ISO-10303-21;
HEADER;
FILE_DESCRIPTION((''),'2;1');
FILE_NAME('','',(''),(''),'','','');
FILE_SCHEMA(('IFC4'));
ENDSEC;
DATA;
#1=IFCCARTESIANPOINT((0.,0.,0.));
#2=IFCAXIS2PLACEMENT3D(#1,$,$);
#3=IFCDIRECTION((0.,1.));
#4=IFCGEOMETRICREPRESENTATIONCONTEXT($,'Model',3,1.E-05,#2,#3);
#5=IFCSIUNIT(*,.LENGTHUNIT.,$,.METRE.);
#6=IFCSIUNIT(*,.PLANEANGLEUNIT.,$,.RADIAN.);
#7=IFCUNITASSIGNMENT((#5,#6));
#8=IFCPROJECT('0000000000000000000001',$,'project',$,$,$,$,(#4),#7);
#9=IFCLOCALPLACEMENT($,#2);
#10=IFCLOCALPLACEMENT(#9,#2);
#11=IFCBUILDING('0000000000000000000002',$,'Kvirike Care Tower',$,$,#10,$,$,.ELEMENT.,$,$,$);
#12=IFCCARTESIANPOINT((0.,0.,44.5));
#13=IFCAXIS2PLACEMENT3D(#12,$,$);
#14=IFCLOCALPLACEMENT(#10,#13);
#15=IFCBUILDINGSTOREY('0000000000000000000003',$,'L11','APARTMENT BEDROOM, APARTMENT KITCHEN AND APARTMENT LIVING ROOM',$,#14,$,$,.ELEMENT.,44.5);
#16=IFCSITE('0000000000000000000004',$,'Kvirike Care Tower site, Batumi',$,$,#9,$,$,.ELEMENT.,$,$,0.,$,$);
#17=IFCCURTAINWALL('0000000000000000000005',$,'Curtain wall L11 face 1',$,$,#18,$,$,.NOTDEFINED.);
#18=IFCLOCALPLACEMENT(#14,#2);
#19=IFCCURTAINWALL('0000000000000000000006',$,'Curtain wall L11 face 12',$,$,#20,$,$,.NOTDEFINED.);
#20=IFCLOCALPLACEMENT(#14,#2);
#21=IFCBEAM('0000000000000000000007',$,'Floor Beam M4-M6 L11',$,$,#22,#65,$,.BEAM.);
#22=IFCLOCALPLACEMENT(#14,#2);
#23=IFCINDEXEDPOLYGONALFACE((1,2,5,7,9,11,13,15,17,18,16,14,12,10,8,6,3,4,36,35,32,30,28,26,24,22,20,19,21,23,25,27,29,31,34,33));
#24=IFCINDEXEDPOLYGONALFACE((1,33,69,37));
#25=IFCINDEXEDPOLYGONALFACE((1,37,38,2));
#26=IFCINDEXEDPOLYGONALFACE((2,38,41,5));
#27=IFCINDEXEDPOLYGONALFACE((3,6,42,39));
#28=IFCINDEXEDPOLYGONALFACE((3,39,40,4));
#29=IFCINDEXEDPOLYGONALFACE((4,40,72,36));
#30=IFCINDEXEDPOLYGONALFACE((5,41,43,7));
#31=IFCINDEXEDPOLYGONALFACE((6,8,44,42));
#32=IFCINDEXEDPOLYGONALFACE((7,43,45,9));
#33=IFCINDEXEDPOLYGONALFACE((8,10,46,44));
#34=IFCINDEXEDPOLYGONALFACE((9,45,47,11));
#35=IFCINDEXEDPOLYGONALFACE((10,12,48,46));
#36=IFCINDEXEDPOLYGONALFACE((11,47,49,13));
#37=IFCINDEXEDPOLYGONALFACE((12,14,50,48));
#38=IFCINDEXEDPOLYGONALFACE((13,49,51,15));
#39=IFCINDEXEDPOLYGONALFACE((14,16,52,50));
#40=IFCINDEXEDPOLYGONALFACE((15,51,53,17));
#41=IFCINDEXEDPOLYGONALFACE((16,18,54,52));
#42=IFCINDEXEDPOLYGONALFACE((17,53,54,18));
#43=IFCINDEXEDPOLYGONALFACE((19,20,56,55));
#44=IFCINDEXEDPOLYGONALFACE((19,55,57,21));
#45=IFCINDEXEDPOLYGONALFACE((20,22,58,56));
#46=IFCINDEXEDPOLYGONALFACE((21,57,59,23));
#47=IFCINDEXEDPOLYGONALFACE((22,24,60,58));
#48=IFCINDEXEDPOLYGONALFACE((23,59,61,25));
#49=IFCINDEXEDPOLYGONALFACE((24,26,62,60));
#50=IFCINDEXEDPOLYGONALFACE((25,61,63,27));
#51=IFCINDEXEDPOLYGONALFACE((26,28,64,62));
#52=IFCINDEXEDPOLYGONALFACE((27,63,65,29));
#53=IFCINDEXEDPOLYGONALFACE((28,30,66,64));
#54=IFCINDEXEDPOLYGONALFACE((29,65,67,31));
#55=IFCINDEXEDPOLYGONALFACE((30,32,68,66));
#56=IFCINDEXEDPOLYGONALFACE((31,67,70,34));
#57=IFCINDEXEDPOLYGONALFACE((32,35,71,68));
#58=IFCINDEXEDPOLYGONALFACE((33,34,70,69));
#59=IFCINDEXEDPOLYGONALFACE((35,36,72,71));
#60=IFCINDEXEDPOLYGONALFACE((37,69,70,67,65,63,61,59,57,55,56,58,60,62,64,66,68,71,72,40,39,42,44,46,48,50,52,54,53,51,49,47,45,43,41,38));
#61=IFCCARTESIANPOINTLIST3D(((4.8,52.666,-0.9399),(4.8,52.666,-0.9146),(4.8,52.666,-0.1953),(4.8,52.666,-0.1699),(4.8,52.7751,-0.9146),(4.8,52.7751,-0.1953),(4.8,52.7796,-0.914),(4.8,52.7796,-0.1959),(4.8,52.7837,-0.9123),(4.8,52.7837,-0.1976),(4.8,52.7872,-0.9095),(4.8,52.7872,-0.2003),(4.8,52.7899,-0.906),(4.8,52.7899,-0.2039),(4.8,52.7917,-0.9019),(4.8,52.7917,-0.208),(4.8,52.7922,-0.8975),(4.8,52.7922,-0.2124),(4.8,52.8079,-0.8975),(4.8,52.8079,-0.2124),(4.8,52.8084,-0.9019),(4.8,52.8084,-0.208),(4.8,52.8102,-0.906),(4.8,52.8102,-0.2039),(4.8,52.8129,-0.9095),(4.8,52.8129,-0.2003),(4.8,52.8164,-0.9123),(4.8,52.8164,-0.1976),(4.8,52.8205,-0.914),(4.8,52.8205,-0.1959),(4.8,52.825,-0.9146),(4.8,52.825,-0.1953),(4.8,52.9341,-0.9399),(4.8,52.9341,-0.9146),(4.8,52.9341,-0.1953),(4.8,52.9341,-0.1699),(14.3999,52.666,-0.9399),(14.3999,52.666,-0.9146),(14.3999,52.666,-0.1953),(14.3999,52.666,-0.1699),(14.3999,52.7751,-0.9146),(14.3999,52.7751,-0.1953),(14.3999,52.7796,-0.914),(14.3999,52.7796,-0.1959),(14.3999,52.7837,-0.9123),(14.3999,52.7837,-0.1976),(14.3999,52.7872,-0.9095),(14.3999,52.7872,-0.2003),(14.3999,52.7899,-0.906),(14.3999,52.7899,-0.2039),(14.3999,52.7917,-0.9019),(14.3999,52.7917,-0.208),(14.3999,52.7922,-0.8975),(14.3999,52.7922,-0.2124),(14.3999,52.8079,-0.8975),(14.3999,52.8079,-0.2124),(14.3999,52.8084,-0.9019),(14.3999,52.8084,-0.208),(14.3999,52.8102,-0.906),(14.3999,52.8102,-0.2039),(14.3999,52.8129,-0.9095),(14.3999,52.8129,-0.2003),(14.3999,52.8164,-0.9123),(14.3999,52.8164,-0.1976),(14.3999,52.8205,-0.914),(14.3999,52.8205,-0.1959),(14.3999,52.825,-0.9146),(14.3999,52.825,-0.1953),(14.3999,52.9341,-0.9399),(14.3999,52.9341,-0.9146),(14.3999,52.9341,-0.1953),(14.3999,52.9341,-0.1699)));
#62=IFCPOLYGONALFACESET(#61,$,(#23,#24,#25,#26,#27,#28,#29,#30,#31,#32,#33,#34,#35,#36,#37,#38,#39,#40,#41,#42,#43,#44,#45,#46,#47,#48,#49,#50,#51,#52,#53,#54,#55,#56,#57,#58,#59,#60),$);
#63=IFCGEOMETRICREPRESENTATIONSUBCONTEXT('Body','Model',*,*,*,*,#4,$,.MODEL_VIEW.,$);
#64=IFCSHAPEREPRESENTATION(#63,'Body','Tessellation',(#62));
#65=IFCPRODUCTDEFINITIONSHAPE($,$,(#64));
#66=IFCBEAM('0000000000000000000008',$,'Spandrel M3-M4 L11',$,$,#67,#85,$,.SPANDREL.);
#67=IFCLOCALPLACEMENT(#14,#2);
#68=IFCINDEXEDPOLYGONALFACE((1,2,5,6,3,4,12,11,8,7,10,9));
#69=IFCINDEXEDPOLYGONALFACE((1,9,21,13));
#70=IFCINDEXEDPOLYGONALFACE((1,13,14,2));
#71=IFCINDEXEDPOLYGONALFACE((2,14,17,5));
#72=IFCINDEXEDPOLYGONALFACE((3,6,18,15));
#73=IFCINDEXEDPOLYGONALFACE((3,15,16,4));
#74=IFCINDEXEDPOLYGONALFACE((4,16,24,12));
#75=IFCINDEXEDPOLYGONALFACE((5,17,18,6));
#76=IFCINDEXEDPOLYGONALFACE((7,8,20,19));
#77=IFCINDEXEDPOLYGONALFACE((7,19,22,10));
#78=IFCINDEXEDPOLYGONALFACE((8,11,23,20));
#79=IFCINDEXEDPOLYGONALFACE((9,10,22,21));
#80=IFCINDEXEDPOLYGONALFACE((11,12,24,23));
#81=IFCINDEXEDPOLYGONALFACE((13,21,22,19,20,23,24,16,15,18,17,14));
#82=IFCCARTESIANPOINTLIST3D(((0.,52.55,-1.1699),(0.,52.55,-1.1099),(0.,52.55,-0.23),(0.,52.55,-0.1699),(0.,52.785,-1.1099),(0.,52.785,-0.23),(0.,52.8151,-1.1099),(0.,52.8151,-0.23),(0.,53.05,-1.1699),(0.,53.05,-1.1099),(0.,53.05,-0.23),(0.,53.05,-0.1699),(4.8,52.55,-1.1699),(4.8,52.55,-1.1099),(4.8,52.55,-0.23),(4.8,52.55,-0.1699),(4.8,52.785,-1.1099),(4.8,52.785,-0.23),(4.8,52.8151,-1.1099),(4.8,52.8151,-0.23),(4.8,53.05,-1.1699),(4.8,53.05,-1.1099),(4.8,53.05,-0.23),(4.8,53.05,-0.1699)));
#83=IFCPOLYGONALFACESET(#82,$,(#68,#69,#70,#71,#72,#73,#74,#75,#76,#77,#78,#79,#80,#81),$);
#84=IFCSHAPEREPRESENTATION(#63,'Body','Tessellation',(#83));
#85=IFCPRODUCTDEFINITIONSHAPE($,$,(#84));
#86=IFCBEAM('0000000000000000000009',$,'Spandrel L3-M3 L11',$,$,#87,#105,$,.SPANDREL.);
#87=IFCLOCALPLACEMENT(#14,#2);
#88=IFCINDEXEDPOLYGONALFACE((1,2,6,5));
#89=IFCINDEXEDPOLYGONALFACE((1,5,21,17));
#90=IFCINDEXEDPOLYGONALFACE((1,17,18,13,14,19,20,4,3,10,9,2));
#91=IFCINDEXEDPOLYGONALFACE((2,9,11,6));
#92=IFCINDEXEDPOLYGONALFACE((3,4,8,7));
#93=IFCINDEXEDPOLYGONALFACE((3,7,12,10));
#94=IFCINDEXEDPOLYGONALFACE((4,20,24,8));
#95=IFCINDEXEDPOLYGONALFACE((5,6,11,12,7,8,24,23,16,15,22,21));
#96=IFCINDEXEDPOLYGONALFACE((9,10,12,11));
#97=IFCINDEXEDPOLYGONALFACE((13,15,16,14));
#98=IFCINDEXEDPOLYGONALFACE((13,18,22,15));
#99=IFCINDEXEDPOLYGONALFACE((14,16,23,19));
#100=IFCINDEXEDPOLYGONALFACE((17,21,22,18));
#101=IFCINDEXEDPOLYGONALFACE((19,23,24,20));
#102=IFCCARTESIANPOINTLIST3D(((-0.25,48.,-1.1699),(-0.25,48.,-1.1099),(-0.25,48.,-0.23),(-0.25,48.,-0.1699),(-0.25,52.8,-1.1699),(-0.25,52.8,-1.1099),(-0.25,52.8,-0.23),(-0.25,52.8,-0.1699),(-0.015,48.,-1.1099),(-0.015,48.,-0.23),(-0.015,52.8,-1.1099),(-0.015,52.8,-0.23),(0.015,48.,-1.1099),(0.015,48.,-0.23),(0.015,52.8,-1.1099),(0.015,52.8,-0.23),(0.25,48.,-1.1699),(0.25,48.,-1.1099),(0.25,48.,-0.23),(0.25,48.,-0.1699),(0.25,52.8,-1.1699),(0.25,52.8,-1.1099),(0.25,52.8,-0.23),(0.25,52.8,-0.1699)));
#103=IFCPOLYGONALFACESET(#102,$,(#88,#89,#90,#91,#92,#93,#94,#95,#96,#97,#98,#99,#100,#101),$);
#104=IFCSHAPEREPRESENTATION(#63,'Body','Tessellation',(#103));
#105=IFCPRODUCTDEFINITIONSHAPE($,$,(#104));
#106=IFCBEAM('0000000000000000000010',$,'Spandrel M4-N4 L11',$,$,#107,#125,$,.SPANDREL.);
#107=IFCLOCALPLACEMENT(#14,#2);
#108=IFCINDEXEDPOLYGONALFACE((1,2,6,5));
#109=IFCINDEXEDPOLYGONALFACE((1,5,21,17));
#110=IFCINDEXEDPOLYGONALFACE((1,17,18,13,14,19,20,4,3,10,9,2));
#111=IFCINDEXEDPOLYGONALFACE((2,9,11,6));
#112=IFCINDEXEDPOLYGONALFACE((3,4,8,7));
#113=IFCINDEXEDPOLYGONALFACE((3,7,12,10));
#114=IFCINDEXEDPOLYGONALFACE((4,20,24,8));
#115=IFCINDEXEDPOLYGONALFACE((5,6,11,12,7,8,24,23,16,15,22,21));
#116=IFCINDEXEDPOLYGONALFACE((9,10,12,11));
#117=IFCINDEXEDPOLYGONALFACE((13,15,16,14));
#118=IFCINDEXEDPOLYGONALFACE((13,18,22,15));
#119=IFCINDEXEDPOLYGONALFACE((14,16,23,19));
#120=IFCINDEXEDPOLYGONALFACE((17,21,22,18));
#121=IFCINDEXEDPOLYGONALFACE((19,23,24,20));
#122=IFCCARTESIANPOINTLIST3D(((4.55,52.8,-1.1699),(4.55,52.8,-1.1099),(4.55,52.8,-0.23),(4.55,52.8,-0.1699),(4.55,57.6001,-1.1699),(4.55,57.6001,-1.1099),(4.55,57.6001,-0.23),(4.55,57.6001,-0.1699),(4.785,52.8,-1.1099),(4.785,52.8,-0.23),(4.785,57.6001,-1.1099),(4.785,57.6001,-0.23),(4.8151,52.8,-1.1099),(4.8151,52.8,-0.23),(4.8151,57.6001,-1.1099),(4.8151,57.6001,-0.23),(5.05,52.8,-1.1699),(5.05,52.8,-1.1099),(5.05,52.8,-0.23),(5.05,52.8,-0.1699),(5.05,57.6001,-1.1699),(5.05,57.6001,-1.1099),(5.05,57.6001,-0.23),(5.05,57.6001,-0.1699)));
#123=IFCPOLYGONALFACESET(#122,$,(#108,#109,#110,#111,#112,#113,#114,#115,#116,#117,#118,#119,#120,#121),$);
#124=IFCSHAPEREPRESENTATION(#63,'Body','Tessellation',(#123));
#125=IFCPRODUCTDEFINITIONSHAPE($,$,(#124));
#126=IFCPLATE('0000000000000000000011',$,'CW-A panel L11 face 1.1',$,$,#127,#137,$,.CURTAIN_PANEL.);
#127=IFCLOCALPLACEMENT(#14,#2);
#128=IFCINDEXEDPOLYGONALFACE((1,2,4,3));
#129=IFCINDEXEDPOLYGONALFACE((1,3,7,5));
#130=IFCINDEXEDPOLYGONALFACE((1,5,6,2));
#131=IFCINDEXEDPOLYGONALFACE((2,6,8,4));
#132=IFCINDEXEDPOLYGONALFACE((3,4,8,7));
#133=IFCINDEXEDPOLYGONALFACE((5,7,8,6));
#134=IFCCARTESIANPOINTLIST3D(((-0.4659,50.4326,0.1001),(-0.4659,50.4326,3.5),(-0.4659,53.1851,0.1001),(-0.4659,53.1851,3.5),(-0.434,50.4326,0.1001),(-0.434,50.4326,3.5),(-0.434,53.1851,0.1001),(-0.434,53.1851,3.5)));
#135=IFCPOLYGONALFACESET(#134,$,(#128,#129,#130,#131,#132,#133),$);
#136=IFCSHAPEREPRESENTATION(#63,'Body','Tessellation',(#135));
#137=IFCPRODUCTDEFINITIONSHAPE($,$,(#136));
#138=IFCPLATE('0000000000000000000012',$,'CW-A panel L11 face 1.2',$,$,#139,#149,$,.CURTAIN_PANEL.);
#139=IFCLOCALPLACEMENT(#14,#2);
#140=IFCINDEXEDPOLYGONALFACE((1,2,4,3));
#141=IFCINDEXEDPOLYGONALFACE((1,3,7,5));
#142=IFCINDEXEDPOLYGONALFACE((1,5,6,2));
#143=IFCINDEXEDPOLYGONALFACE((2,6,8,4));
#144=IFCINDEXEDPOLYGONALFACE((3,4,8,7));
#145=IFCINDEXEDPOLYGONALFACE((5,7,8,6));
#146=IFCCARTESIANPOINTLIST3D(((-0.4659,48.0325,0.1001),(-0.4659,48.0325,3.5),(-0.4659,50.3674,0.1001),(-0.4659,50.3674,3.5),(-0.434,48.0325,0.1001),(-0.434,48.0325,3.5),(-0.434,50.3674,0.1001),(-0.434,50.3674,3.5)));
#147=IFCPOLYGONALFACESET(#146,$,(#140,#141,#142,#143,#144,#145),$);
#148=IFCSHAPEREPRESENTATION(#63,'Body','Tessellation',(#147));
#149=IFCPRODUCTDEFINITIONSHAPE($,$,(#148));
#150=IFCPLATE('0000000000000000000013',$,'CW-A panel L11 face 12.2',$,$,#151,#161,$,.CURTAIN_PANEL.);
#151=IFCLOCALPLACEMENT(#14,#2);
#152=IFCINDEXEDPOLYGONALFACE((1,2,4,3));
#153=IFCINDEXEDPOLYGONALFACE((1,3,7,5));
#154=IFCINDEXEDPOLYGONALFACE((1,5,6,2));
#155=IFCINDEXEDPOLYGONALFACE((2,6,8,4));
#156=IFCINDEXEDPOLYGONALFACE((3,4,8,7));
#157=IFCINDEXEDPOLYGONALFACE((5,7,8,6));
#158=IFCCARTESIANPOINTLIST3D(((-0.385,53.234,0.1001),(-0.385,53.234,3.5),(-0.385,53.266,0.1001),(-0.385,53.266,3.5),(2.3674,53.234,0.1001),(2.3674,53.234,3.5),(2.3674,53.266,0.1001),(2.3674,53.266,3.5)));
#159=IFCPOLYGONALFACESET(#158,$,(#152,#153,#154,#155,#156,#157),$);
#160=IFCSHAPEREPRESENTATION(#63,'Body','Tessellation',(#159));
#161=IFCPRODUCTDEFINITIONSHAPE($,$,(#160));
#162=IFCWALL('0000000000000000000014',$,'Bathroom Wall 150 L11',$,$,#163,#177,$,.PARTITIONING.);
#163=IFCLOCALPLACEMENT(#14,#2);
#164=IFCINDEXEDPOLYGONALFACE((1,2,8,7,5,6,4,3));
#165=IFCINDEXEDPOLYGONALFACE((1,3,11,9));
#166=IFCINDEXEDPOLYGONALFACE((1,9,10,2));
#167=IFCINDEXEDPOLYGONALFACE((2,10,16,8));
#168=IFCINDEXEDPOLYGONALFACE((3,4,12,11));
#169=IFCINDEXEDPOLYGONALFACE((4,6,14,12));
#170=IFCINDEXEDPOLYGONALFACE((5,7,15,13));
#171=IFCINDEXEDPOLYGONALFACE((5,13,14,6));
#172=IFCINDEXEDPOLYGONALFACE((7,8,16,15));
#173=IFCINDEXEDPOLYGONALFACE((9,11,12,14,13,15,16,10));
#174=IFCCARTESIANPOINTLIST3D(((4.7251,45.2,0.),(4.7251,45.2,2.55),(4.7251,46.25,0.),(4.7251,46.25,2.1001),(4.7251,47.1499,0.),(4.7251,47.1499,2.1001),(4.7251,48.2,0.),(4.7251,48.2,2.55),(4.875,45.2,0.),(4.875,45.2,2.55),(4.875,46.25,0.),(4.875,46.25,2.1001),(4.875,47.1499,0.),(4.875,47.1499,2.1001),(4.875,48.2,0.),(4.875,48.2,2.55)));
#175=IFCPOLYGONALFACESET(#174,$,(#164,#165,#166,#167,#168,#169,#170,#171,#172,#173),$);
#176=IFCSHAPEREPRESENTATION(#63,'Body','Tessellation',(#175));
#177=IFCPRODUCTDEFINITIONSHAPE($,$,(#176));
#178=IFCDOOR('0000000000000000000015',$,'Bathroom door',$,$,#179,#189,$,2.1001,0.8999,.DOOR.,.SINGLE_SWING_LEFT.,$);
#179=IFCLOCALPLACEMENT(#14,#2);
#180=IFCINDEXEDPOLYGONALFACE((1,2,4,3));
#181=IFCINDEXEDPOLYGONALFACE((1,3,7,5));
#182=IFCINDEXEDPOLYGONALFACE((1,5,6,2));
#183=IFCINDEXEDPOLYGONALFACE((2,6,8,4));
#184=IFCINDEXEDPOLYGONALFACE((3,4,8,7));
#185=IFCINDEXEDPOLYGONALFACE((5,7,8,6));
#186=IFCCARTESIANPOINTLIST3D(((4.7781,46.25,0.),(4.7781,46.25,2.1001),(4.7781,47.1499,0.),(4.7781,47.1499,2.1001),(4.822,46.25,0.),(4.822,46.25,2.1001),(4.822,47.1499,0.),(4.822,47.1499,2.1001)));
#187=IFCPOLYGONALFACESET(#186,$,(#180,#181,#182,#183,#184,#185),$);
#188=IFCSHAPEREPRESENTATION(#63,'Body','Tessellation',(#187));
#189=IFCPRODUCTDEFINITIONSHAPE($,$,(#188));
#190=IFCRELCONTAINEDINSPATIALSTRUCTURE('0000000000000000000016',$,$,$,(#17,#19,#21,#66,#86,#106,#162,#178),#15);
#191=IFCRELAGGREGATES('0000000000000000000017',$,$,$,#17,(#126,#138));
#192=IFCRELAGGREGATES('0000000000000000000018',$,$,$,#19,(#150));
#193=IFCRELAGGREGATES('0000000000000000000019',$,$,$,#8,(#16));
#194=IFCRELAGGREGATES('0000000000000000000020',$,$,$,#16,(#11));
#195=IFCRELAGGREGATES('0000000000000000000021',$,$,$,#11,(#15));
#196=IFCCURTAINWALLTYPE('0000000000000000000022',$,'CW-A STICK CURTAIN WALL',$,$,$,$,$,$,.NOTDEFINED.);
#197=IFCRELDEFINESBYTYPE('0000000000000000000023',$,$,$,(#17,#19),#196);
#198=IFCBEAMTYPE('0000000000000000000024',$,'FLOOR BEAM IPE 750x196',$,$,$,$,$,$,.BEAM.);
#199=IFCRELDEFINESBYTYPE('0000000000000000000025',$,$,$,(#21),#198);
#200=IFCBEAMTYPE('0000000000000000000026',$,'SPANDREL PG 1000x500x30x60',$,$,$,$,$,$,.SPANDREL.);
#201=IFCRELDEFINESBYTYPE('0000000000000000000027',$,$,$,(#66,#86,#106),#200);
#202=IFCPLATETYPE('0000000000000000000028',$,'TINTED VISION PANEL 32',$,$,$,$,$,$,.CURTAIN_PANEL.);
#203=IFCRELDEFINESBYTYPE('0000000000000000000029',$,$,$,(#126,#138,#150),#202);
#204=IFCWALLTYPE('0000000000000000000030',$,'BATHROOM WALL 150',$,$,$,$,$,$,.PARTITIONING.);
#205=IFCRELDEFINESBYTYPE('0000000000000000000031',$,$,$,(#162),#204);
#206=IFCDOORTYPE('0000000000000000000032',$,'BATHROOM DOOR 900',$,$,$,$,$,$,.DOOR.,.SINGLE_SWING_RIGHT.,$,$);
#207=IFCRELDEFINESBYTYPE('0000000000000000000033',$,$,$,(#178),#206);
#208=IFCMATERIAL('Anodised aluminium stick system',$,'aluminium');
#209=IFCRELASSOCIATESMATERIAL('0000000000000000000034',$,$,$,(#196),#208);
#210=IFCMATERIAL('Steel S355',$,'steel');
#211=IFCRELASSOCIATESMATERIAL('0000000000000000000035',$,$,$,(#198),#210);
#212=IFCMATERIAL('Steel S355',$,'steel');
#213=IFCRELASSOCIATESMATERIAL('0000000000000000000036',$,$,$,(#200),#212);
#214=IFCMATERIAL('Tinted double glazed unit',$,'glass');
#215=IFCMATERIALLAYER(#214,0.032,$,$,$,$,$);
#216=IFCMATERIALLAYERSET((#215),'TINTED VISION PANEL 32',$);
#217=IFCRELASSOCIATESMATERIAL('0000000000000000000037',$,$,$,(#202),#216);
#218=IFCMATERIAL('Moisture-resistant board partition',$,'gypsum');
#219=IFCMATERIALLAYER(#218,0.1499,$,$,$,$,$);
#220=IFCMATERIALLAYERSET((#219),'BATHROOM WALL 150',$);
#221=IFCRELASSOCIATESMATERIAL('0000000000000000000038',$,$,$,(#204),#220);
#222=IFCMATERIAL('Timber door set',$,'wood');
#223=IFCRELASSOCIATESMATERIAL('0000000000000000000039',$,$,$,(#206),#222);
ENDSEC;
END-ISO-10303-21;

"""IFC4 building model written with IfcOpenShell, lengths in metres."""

from ifc_helpers import new_model, si_unit, direction, frame, frame_2d, origin, origin_2d, place, context, subcontext, project, spatial, rectangle, i_section, extrude, material, layer, layer_set, material_profile, profile_set, type_object, element, fill, aggregate, save


model = new_model("IFC4")

# Units and contexts
model_context = context("Model", 3, precision=1e-05, world=origin(), true_north=direction((0.0, 1.0)))
body_context = subcontext(model_context, "Body", "Model", "MODEL_VIEW")
ifc_project = project(units=[si_unit("LENGTHUNIT", "METRE"), si_unit("PLANEANGLEUNIT", "RADIAN")], contexts=[model_context])

# Site, building, storey
site_placement = place(None, origin())
site = spatial("IfcSite", under=ifc_project, at=site_placement, Name="Kvirike Care Tower site, Batumi", CompositionType="ELEMENT", RefElevation=0.0)
building_placement = place(site_placement, origin())
building = spatial("IfcBuilding", under=site, at=building_placement, Name="Kvirike Care Tower", CompositionType="ELEMENT")
storey_placement = place(building_placement, frame((0.0, 0.0, 44.5)))
storey = spatial("IfcBuildingStorey", under=building, at=storey_placement, Name="L11", Description="APARTMENT BEDROOM, APARTMENT KITCHEN AND APARTMENT LIVING ROOM", CompositionType="ELEMENT", Elevation=44.5)

# Curtain wall
ifc_material_1 = material(Name="Anodised aluminium stick system", Category="aluminium")
curtain_wall_type = type_object("IfcCurtainWallType", Name="CW-A STICK CURTAIN WALL", PredefinedType="NOTDEFINED", material=ifc_material_1)
curtain_wall_1_placement = place(storey_placement, origin())
curtain_wall_1 = element("IfcCurtainWall", 1, at=curtain_wall_1_placement, inside=storey, type_object=curtain_wall_type, Name="Curtain wall L11 face 1", PredefinedType="NOTDEFINED")

# Curtain wall
curtain_wall_2_placement = place(storey_placement, origin())
curtain_wall_2 = element("IfcCurtainWall", 2, at=curtain_wall_2_placement, inside=storey, type_object=curtain_wall_type, Name="Curtain wall L11 face 12", PredefinedType="NOTDEFINED")

# Beams
ifc_material_2 = material(Name="Steel S355", Category="steel")
ifc_material_profile_1 = material_profile(ifc_material_2, i_section(OverallWidth=0.2681, OverallDepth=0.77, WebThickness=0.0156, FlangeThickness=0.0254, FilletRadius=0.0171, at=origin_2d()), Name="IPE 750x196")
ifc_profile_set_1 = profile_set([ifc_material_profile_1], Name="Steel S355")
beam_type_1 = type_object("IfcBeamType", Name="FLOOR BEAM IPE 750x196", PredefinedType="BEAM", material=ifc_profile_set_1)
beam_1_placement = place(storey_placement, frame((4.8, 52.8, -0.5549), z_axis=(1.0, 0.0, 0.0), x_axis=(0.0, 1.0, 0.0)))
element("IfcBeam", 3, at=beam_1_placement, inside=storey, type_object=beam_type_1, Name="Floor Beam M4-M6 L11", PredefinedType="BEAM", context=body_context, shape_type="SweptSolid", body=[
    extrude(i_section(OverallWidth=0.2681, OverallDepth=0.77, WebThickness=0.0156, FlangeThickness=0.0254, FilletRadius=0.0171, at=origin_2d()), origin(), (0.0, 0.0, 1.0), 9.5999),
])
ifc_material_3 = material(Name="Steel S355", Category="steel")
ifc_material_profile_2 = material_profile(ifc_material_3, i_section(OverallWidth=0.5, OverallDepth=1.0, WebThickness=0.03, FlangeThickness=0.0601, at=origin_2d()), Name="PG 1000x500x30x60")
ifc_profile_set_2 = profile_set([ifc_material_profile_2], Name="Steel S355")
beam_type_2 = type_object("IfcBeamType", Name="SPANDREL PG 1000x500x30x60", PredefinedType="SPANDREL", material=ifc_profile_set_2)
for number, where, z_axis, x_axis, name in (
    (4, (0.0, 52.8, -0.6699), (1.0, 0.0, 0.0), (0.0, 1.0, 0.0), "Spandrel M3-M4 L11"),
    (5, (0.0, 48.0, -0.6699), (0.0, 1.0, 0.0), (-1.0, 0.0, 0.0), "Spandrel L3-M3 L11"),
    (6, (4.8, 52.8, -0.6699), (0.0, 1.0, 0.0), (-1.0, 0.0, 0.0), "Spandrel M4-N4 L11"),
):
    element("IfcBeam", number, at=place(storey_placement, frame(where, z_axis=z_axis, x_axis=x_axis)), inside=storey, type_object=beam_type_2, Name=name, PredefinedType="SPANDREL", context=body_context, shape_type="SweptSolid", body=[
        extrude(i_section(OverallWidth=0.5, OverallDepth=1.0, WebThickness=0.03, FlangeThickness=0.0601, at=origin_2d()), origin(), (0.0, 0.0, 1.0), 4.8),
    ])

# Plates
ifc_material_4 = material(Name="Tinted double glazed unit", Category="glass")
ifc_layer_1 = layer(ifc_material_4, 0.032)
ifc_layer_set_1 = layer_set([ifc_layer_1], Name="TINTED VISION PANEL 32")
plate_type = type_object("IfcPlateType", Name="TINTED VISION PANEL 32", PredefinedType="CURTAIN_PANEL", material=ifc_layer_set_1)
plate_1_placement = place(storey_placement, frame((-0.45, 51.8088, 0.1001), z_axis=(0.0, 0.0, 1.0), x_axis=(0.0, -1.0, 0.0)))
plate_1 = element("IfcPlate", 7, at=plate_1_placement, type_object=plate_type, Name="CW-A panel L11 face 1.1", PredefinedType="CURTAIN_PANEL", context=body_context, shape_type="SweptSolid", body=[
    extrude(rectangle(XDim=2.7524, YDim=0.032, at=origin_2d()), origin(), (0.0, 0.0, 1.0), 3.3999),
])
plate_2_placement = place(storey_placement, frame((-0.45, 49.2, 0.1001), z_axis=(0.0, 0.0, 1.0), x_axis=(0.0, -1.0, 0.0)))
plate_2 = element("IfcPlate", 8, at=plate_2_placement, type_object=plate_type, Name="CW-A panel L11 face 1.2", PredefinedType="CURTAIN_PANEL", context=body_context, shape_type="SweptSolid", body=[
    extrude(rectangle(XDim=2.335, YDim=0.032, at=origin_2d()), origin(), (0.0, 0.0, 1.0), 3.3999),
])
aggregate(curtain_wall_1, [plate_1, plate_2])
plate_3_placement = place(storey_placement, frame((0.9912, 53.25, 0.1001), z_axis=(0.0, 0.0, 1.0), x_axis=(-1.0, 0.0, 0.0)))
plate_3 = element("IfcPlate", 9, at=plate_3_placement, type_object=plate_type, Name="CW-A panel L11 face 12.2", PredefinedType="CURTAIN_PANEL", context=body_context, shape_type="SweptSolid", body=[
    extrude(rectangle(XDim=2.7524, YDim=0.032, at=origin_2d()), origin(), (0.0, 0.0, 1.0), 3.3999),
])
aggregate(curtain_wall_2, [plate_3])

# Wall, opening, door
ifc_material_5 = material(Name="Moisture-resistant board partition", Category="gypsum")
ifc_layer_2 = layer(ifc_material_5, 0.1499)
ifc_layer_set_2 = layer_set([ifc_layer_2], Name="BATHROOM WALL 150")
wall_type_1 = type_object("IfcWallType", Name="BATHROOM WALL 150", PredefinedType="PARTITIONING", material=ifc_layer_set_2)
wall_1_placement = place(storey_placement, frame((4.8, 48.2, 0.0), z_axis=(0.0, 0.0, 1.0), x_axis=(0.0, -1.0, 0.0)))
wall_1 = element("IfcWall", 10, at=wall_1_placement, inside=storey, type_object=wall_type_1, Name="Bathroom Wall 150 L11", PredefinedType="PARTITIONING", context=body_context, shape_type="SweptSolid", body=[
    extrude(rectangle(XDim=3.0, YDim=0.1499, at=frame_2d((1.5, 0.0))), origin(), (0.0, 0.0, 1.0), 2.55),
])
opening_1_placement = place(wall_1_placement, frame((1.05, 0.0, 0.0)))
opening_1 = element("IfcOpeningElement", 11, at=opening_1_placement, cuts=wall_1, PredefinedType="OPENING", context=body_context, shape_type="SweptSolid", body=[
    extrude(rectangle(XDim=0.8999, YDim=2.1001, at=frame_2d((0.45, 1.05))), frame((0.0, 0.0854, 0.0), z_axis=(0.0, -1.0, 0.0), x_axis=(1.0, 0.0, 0.0)), (0.0, 0.0, 1.0), 0.1709),
])
ifc_material_6 = material(Name="Timber door set", Category="wood")
door_type_1 = type_object("IfcDoorType", Name="BATHROOM DOOR 900", OperationType="SINGLE_SWING_RIGHT", PredefinedType="DOOR", material=ifc_material_6)
door_1_placement = place(opening_1_placement, frame((0.8999, 0.0, 0.0), z_axis=(0.0, 0.0, 1.0), x_axis=(-1.0, 0.0, 0.0)))
door_1 = element("IfcDoor", 12, at=door_1_placement, inside=storey, type_object=door_type_1, Name="Bathroom door", OperationType="SINGLE_SWING_LEFT", OverallHeight=2.1001, OverallWidth=0.8999, PredefinedType="DOOR", context=body_context, shape_type="SweptSolid", body=[
    extrude(rectangle(XDim=0.8999, YDim=2.1001, at=frame_2d((0.45, 1.05))), frame((0.0, 0.022, 0.0), z_axis=(0.0, -1.0, 0.0), x_axis=(1.0, 0.0, 0.0)), (0.0, 0.0, 1.0), 0.0439),
])
fill(opening_1, door_1)

save(model, "model.ifc")
